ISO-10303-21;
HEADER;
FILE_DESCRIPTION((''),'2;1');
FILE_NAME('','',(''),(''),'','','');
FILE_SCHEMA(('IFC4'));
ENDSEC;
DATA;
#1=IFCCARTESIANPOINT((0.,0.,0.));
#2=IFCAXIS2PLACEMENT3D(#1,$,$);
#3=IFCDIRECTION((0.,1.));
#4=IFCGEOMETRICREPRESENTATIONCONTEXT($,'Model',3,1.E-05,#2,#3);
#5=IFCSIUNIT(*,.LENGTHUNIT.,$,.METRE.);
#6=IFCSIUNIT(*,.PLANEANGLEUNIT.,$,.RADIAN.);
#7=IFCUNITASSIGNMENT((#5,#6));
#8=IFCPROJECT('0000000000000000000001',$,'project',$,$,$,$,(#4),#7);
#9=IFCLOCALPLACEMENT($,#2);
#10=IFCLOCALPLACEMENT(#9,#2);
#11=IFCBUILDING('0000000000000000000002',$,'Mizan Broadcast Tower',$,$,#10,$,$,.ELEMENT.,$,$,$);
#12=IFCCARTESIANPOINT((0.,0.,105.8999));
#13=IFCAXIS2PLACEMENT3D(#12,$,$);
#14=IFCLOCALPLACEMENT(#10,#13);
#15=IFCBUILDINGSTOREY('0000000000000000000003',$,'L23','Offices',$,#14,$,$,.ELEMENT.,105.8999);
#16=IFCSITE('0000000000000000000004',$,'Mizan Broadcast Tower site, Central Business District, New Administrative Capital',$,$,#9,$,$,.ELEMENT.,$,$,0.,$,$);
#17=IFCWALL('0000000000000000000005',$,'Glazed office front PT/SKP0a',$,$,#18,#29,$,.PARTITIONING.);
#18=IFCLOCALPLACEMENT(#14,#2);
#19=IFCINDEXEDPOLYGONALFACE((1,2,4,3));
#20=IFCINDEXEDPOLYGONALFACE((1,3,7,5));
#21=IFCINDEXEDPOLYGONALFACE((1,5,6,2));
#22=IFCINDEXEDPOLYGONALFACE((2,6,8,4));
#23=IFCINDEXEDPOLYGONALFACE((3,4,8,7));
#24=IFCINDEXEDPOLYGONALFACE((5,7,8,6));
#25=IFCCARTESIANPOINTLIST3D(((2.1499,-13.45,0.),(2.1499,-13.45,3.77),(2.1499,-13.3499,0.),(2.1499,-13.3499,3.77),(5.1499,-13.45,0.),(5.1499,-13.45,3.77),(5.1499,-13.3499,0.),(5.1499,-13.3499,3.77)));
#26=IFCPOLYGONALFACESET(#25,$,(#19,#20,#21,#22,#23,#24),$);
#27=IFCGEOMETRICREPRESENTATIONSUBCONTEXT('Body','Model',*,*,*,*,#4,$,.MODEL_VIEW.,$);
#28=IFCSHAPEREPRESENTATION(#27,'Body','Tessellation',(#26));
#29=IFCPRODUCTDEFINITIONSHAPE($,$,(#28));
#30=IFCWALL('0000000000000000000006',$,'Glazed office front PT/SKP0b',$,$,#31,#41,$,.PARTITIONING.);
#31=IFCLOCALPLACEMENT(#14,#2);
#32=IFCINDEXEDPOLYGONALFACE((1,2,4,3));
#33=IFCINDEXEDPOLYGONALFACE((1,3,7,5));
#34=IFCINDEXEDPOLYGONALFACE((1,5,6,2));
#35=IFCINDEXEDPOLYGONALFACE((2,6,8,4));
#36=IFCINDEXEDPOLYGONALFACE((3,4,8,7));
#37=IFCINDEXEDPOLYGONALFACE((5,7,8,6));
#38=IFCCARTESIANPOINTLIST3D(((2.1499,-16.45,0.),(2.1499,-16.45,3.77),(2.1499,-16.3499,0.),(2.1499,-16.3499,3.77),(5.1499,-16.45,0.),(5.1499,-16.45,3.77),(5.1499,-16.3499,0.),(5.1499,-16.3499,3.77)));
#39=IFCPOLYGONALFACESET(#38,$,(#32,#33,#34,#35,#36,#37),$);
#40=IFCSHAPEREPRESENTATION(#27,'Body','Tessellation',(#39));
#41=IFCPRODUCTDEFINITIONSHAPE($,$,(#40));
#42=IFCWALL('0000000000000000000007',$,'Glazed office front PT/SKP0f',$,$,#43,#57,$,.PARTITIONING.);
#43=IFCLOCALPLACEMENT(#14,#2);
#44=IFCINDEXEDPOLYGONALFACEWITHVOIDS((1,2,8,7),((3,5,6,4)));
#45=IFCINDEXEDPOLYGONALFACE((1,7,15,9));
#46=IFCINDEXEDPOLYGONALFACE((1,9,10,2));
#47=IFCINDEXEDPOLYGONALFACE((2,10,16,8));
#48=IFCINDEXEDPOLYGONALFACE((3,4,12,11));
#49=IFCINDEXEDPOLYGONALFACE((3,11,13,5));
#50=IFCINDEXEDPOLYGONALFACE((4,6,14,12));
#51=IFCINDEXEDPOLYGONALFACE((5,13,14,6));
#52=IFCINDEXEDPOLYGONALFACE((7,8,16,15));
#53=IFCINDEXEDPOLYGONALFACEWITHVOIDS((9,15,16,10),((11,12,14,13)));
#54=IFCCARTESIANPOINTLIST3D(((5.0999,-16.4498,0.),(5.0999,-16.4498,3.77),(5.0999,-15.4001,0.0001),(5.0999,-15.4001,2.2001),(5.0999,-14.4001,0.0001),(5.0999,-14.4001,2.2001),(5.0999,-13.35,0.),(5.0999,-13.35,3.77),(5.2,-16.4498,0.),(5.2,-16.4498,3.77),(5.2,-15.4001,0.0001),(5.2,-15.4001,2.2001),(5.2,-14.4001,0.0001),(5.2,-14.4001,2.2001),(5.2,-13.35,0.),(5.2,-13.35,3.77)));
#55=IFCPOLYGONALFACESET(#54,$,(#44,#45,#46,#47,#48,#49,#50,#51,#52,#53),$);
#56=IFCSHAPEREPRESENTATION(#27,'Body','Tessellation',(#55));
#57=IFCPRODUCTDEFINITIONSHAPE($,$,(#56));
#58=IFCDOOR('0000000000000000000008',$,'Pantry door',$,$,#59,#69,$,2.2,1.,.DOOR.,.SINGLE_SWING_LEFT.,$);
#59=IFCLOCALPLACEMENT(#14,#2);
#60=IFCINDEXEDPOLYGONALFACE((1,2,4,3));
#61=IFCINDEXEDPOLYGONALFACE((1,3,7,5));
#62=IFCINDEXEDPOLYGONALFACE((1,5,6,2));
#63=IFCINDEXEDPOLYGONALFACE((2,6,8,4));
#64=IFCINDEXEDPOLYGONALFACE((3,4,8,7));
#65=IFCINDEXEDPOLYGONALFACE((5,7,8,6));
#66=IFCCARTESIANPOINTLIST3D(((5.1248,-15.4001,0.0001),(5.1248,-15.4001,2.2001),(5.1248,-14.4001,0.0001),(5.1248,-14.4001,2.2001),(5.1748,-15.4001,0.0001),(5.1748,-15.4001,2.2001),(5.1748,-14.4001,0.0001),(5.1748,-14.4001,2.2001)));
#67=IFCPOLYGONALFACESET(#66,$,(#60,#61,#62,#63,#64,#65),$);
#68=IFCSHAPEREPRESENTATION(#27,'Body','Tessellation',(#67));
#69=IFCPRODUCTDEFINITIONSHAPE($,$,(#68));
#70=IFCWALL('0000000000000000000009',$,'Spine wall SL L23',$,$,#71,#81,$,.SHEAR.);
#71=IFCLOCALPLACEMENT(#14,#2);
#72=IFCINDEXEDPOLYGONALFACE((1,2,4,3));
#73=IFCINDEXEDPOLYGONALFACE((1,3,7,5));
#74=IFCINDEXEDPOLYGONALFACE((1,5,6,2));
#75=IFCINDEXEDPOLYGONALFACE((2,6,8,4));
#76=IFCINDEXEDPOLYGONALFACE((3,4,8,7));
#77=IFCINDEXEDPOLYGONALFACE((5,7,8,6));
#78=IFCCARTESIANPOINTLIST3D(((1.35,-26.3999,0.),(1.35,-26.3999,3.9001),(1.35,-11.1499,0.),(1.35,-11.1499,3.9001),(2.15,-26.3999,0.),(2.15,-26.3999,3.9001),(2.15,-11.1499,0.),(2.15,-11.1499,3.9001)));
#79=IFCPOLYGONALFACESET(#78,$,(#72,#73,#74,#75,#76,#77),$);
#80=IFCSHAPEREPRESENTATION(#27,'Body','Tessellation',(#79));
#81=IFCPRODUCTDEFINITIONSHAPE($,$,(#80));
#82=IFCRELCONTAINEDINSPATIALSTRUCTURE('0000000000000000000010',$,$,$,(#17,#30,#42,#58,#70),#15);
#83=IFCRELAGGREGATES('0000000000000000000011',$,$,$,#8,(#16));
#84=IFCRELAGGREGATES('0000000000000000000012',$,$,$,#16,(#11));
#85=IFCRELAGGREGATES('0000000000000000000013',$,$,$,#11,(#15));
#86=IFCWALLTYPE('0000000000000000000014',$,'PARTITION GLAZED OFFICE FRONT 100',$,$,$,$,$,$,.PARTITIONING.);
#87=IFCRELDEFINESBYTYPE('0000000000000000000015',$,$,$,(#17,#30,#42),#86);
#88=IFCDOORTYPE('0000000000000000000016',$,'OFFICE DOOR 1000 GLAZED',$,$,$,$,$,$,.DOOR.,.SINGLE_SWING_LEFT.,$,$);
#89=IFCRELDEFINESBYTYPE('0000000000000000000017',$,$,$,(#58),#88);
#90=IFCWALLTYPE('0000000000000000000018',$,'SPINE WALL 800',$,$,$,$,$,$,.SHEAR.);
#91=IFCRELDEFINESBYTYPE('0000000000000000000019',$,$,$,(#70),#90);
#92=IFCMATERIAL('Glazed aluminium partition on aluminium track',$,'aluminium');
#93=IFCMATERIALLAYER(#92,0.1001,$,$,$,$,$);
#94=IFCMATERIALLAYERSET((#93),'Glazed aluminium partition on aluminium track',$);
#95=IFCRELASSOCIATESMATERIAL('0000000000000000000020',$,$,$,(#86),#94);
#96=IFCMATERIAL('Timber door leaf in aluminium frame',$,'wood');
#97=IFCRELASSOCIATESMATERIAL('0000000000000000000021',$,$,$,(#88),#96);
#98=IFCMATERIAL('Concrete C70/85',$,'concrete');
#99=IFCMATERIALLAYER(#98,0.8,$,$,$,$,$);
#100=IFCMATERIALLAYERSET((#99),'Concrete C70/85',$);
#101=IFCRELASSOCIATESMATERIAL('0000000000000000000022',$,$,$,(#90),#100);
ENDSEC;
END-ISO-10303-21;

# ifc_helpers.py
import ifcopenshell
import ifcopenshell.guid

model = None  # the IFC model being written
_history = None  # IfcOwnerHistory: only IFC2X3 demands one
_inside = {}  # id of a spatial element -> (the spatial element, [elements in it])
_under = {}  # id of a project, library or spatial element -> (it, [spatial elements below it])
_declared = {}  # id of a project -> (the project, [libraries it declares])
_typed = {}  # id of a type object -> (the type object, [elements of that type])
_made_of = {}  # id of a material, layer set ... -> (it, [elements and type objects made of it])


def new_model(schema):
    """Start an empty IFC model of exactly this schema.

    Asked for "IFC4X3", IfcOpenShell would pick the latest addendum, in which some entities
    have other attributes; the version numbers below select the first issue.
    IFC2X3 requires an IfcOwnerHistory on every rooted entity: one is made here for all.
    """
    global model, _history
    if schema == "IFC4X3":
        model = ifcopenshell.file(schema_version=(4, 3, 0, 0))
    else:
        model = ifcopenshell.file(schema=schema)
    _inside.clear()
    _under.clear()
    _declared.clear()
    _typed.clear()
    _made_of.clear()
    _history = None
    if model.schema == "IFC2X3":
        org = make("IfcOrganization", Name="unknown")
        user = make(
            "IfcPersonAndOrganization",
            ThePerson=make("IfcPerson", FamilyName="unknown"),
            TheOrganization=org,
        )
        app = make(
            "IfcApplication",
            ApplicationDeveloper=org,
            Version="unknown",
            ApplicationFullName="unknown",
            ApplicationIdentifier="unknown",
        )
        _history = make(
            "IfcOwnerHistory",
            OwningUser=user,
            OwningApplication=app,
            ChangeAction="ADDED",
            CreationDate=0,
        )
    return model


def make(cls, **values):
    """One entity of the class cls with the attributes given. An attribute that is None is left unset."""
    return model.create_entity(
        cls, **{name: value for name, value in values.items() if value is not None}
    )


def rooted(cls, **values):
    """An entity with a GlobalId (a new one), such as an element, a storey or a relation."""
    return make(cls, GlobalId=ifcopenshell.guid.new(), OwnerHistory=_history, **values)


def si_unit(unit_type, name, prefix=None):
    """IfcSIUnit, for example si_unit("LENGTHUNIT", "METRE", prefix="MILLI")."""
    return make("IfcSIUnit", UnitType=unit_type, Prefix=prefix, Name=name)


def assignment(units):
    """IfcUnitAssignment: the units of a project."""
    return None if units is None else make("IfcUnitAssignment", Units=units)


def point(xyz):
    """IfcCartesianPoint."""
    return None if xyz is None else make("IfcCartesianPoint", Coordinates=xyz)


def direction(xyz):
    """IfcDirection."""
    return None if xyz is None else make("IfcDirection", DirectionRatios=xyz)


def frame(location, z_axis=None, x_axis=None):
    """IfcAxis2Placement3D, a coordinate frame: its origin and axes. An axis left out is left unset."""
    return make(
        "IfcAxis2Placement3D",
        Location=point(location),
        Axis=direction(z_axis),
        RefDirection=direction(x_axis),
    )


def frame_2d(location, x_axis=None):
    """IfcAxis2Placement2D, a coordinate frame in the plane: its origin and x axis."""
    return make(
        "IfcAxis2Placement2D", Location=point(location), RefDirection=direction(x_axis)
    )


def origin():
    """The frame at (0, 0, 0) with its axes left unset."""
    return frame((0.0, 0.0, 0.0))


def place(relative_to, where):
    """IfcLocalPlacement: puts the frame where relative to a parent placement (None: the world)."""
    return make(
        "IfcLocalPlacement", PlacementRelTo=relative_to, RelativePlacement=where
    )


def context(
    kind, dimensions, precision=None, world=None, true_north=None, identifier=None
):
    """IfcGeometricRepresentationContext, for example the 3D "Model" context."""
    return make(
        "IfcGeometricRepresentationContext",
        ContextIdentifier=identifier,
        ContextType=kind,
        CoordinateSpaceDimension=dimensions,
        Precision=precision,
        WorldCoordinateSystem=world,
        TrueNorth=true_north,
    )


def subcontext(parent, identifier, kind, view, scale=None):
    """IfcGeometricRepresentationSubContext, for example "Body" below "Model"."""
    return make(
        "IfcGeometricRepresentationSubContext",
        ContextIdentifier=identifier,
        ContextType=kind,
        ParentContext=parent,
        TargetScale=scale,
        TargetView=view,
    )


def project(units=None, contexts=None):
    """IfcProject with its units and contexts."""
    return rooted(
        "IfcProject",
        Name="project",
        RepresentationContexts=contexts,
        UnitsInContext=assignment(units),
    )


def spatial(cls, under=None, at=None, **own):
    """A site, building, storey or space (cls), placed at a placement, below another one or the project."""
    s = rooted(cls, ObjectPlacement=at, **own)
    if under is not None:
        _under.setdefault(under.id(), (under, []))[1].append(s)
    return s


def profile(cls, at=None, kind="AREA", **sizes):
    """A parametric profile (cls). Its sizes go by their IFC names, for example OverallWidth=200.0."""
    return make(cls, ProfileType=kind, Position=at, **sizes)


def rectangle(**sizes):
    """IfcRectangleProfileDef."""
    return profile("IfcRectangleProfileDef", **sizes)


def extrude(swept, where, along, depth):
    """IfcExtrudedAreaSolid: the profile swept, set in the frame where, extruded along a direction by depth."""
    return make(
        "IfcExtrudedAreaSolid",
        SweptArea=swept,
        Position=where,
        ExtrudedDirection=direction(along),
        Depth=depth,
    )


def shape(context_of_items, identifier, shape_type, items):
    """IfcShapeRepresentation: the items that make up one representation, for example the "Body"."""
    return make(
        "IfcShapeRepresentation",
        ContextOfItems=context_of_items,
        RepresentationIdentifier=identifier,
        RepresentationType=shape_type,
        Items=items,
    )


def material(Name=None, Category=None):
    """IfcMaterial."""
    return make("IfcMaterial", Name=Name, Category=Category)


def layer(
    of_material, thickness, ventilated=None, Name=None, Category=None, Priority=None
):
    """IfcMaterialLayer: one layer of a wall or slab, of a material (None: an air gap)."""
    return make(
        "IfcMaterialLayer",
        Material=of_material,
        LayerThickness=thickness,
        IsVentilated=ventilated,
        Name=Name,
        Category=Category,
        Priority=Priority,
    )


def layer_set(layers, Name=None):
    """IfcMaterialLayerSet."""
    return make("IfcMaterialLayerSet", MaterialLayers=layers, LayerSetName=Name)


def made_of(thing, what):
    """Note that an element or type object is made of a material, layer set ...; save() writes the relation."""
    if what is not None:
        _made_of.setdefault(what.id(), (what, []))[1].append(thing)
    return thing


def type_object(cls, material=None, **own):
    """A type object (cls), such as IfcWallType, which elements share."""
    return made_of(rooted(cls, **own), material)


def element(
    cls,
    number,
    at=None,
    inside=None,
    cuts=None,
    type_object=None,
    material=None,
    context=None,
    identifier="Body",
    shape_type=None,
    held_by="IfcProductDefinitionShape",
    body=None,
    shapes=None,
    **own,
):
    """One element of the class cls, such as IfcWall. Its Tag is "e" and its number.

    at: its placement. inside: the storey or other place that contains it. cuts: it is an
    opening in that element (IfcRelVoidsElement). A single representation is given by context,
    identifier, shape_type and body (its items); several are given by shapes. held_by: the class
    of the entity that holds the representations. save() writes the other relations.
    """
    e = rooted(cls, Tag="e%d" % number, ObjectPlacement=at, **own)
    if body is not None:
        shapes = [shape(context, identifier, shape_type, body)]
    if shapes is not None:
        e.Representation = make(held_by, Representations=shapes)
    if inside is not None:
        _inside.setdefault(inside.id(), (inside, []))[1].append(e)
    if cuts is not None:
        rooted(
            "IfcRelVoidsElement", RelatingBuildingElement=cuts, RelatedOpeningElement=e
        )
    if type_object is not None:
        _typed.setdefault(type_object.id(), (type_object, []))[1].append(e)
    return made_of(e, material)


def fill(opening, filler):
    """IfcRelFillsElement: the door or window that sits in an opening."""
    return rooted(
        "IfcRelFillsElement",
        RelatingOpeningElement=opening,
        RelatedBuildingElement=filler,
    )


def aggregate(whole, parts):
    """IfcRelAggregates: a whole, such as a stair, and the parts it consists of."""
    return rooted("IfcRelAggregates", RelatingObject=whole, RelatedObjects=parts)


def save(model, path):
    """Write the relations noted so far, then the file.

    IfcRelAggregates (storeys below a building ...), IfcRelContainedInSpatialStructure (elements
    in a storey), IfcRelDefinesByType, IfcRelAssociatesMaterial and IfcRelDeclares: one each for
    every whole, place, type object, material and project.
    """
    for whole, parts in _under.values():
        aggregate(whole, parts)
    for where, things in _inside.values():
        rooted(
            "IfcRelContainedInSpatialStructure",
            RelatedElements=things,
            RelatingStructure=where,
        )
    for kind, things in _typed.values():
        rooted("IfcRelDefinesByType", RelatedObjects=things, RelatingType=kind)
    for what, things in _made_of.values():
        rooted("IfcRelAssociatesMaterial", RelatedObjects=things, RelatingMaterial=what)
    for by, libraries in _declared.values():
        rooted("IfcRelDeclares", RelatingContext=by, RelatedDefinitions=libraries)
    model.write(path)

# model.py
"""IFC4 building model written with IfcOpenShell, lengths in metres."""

from ifc_helpers import new_model, si_unit, direction, frame, frame_2d, origin, place, context, subcontext, project, spatial, rectangle, extrude, material, layer, layer_set, type_object, element, fill, save


model = new_model("IFC4")

# Units and contexts
model_context = context("Model", 3, precision=1e-05, world=origin(), true_north=direction((0.0, 1.0)))
body_context = subcontext(model_context, "Body", "Model", "MODEL_VIEW")
ifc_project = project(units=[si_unit("LENGTHUNIT", "METRE"), si_unit("PLANEANGLEUNIT", "RADIAN")], contexts=[model_context])

# Site, building, storey
site_placement = place(None, origin())
site = spatial("IfcSite", under=ifc_project, at=site_placement, Name="Mizan Broadcast Tower site, Central Business District, New Administrative Capital", CompositionType="ELEMENT", RefElevation=0.0)
building_placement = place(site_placement, origin())
building = spatial("IfcBuilding", under=site, at=building_placement, Name="Mizan Broadcast Tower", CompositionType="ELEMENT")
storey_placement = place(building_placement, frame((0.0, 0.0, 105.8999)))
storey = spatial("IfcBuildingStorey", under=building, at=storey_placement, Name="L23", Description="Offices", CompositionType="ELEMENT", Elevation=105.8999)

# Walls
ifc_material_1 = material(Name="Glazed aluminium partition on aluminium track", Category="aluminium")
ifc_layer_1 = layer(ifc_material_1, 0.1001)
ifc_layer_set_1 = layer_set([ifc_layer_1], Name="Glazed aluminium partition on aluminium track")
wall_type_1 = type_object("IfcWallType", Name="PARTITION GLAZED OFFICE FRONT 100", PredefinedType="PARTITIONING", material=ifc_layer_set_1)
for number, where, z_axis, x_axis, name in (
    (1, (2.1499, -13.3999, 0.0), (0.0, 0.0, 1.0), (1.0, 0.0, 0.0), "Glazed office front PT/SKP0a"),
    (2, (2.1499, -16.3999, 0.0), (0.0, 0.0, 1.0), (1.0, 0.0, 0.0), "Glazed office front PT/SKP0b"),
):
    element("IfcWall", number, at=place(storey_placement, frame(where, z_axis=z_axis, x_axis=x_axis)), inside=storey, type_object=wall_type_1, Name=name, PredefinedType="PARTITIONING", context=body_context, shape_type="SweptSolid", body=[
        extrude(rectangle(XDim=3.0, YDim=0.1001, at=frame_2d((1.5, 0.0))), origin(), (0.0, 0.0, 1.0), 3.77),
    ])

# Wall, opening, door
wall_1_placement = place(storey_placement, frame((5.1499, -13.3501, 0.0), z_axis=(0.0, 0.0, 1.0), x_axis=(0.0, -1.0, 0.0)))
wall_1 = element("IfcWall", 3, at=wall_1_placement, inside=storey, type_object=wall_type_1, Name="Glazed office front PT/SKP0f", PredefinedType="PARTITIONING", context=body_context, shape_type="SweptSolid", body=[
    extrude(rectangle(XDim=3.0999, YDim=0.1001, at=frame_2d((1.5498, 0.0))), origin(), (0.0, 0.0, 1.0), 3.77),
])
opening_1_placement = place(wall_1_placement, frame((1.05, 0.0, 0.0)))
opening_1 = element("IfcOpeningElement", 4, at=opening_1_placement, cuts=wall_1, PredefinedType="OPENING", context=body_context, shape_type="SweptSolid", body=[
    extrude(rectangle(XDim=1.0, YDim=2.2, at=frame_2d((0.5, 1.1001))), frame((0.0, 0.0601, 0.0), z_axis=(0.0, -1.0, 0.0), x_axis=(1.0, 0.0, 0.0)), (0.0, 0.0, 1.0), 0.1201),
])
ifc_material_2 = material(Name="Timber door leaf in aluminium frame", Category="wood")
door_type_1 = type_object("IfcDoorType", Name="OFFICE DOOR 1000 GLAZED", OperationType="SINGLE_SWING_LEFT", PredefinedType="DOOR", material=ifc_material_2)
door_1_placement = place(opening_1_placement, origin())
door_1 = element("IfcDoor", 5, at=door_1_placement, inside=storey, type_object=door_type_1, Name="Pantry door", OperationType="SINGLE_SWING_LEFT", OverallHeight=2.2, OverallWidth=1.0, PredefinedType="DOOR", context=body_context, shape_type="SweptSolid", body=[
    extrude(rectangle(XDim=1.0, YDim=2.2, at=frame_2d((0.5, 1.1001))), frame((0.0, 0.0249, 0.0), z_axis=(0.0, -1.0, 0.0), x_axis=(1.0, 0.0, 0.0)), (0.0, 0.0, 1.0), 0.05),
])
fill(opening_1, door_1)

# Wall
ifc_material_3 = material(Name="Concrete C70/85", Category="concrete")
ifc_layer_2 = layer(ifc_material_3, 0.8)
ifc_layer_set_2 = layer_set([ifc_layer_2], Name="Concrete C70/85")
wall_type_2 = type_object("IfcWallType", Name="SPINE WALL 800", PredefinedType="SHEAR", material=ifc_layer_set_2)
wall_2_placement = place(storey_placement, frame((1.75, -11.1499, 0.0), z_axis=(0.0, 0.0, 1.0), x_axis=(0.0, -1.0, 0.0)))
element("IfcWall", 6, at=wall_2_placement, inside=storey, type_object=wall_type_2, Name="Spine wall SL L23", PredefinedType="SHEAR", context=body_context, shape_type="SweptSolid", body=[
    extrude(rectangle(XDim=15.25, YDim=0.8, at=frame_2d((7.625, 0.0))), origin(), (0.0, 0.0, 1.0), 3.9001),
])

save(model, "model.ifc")
